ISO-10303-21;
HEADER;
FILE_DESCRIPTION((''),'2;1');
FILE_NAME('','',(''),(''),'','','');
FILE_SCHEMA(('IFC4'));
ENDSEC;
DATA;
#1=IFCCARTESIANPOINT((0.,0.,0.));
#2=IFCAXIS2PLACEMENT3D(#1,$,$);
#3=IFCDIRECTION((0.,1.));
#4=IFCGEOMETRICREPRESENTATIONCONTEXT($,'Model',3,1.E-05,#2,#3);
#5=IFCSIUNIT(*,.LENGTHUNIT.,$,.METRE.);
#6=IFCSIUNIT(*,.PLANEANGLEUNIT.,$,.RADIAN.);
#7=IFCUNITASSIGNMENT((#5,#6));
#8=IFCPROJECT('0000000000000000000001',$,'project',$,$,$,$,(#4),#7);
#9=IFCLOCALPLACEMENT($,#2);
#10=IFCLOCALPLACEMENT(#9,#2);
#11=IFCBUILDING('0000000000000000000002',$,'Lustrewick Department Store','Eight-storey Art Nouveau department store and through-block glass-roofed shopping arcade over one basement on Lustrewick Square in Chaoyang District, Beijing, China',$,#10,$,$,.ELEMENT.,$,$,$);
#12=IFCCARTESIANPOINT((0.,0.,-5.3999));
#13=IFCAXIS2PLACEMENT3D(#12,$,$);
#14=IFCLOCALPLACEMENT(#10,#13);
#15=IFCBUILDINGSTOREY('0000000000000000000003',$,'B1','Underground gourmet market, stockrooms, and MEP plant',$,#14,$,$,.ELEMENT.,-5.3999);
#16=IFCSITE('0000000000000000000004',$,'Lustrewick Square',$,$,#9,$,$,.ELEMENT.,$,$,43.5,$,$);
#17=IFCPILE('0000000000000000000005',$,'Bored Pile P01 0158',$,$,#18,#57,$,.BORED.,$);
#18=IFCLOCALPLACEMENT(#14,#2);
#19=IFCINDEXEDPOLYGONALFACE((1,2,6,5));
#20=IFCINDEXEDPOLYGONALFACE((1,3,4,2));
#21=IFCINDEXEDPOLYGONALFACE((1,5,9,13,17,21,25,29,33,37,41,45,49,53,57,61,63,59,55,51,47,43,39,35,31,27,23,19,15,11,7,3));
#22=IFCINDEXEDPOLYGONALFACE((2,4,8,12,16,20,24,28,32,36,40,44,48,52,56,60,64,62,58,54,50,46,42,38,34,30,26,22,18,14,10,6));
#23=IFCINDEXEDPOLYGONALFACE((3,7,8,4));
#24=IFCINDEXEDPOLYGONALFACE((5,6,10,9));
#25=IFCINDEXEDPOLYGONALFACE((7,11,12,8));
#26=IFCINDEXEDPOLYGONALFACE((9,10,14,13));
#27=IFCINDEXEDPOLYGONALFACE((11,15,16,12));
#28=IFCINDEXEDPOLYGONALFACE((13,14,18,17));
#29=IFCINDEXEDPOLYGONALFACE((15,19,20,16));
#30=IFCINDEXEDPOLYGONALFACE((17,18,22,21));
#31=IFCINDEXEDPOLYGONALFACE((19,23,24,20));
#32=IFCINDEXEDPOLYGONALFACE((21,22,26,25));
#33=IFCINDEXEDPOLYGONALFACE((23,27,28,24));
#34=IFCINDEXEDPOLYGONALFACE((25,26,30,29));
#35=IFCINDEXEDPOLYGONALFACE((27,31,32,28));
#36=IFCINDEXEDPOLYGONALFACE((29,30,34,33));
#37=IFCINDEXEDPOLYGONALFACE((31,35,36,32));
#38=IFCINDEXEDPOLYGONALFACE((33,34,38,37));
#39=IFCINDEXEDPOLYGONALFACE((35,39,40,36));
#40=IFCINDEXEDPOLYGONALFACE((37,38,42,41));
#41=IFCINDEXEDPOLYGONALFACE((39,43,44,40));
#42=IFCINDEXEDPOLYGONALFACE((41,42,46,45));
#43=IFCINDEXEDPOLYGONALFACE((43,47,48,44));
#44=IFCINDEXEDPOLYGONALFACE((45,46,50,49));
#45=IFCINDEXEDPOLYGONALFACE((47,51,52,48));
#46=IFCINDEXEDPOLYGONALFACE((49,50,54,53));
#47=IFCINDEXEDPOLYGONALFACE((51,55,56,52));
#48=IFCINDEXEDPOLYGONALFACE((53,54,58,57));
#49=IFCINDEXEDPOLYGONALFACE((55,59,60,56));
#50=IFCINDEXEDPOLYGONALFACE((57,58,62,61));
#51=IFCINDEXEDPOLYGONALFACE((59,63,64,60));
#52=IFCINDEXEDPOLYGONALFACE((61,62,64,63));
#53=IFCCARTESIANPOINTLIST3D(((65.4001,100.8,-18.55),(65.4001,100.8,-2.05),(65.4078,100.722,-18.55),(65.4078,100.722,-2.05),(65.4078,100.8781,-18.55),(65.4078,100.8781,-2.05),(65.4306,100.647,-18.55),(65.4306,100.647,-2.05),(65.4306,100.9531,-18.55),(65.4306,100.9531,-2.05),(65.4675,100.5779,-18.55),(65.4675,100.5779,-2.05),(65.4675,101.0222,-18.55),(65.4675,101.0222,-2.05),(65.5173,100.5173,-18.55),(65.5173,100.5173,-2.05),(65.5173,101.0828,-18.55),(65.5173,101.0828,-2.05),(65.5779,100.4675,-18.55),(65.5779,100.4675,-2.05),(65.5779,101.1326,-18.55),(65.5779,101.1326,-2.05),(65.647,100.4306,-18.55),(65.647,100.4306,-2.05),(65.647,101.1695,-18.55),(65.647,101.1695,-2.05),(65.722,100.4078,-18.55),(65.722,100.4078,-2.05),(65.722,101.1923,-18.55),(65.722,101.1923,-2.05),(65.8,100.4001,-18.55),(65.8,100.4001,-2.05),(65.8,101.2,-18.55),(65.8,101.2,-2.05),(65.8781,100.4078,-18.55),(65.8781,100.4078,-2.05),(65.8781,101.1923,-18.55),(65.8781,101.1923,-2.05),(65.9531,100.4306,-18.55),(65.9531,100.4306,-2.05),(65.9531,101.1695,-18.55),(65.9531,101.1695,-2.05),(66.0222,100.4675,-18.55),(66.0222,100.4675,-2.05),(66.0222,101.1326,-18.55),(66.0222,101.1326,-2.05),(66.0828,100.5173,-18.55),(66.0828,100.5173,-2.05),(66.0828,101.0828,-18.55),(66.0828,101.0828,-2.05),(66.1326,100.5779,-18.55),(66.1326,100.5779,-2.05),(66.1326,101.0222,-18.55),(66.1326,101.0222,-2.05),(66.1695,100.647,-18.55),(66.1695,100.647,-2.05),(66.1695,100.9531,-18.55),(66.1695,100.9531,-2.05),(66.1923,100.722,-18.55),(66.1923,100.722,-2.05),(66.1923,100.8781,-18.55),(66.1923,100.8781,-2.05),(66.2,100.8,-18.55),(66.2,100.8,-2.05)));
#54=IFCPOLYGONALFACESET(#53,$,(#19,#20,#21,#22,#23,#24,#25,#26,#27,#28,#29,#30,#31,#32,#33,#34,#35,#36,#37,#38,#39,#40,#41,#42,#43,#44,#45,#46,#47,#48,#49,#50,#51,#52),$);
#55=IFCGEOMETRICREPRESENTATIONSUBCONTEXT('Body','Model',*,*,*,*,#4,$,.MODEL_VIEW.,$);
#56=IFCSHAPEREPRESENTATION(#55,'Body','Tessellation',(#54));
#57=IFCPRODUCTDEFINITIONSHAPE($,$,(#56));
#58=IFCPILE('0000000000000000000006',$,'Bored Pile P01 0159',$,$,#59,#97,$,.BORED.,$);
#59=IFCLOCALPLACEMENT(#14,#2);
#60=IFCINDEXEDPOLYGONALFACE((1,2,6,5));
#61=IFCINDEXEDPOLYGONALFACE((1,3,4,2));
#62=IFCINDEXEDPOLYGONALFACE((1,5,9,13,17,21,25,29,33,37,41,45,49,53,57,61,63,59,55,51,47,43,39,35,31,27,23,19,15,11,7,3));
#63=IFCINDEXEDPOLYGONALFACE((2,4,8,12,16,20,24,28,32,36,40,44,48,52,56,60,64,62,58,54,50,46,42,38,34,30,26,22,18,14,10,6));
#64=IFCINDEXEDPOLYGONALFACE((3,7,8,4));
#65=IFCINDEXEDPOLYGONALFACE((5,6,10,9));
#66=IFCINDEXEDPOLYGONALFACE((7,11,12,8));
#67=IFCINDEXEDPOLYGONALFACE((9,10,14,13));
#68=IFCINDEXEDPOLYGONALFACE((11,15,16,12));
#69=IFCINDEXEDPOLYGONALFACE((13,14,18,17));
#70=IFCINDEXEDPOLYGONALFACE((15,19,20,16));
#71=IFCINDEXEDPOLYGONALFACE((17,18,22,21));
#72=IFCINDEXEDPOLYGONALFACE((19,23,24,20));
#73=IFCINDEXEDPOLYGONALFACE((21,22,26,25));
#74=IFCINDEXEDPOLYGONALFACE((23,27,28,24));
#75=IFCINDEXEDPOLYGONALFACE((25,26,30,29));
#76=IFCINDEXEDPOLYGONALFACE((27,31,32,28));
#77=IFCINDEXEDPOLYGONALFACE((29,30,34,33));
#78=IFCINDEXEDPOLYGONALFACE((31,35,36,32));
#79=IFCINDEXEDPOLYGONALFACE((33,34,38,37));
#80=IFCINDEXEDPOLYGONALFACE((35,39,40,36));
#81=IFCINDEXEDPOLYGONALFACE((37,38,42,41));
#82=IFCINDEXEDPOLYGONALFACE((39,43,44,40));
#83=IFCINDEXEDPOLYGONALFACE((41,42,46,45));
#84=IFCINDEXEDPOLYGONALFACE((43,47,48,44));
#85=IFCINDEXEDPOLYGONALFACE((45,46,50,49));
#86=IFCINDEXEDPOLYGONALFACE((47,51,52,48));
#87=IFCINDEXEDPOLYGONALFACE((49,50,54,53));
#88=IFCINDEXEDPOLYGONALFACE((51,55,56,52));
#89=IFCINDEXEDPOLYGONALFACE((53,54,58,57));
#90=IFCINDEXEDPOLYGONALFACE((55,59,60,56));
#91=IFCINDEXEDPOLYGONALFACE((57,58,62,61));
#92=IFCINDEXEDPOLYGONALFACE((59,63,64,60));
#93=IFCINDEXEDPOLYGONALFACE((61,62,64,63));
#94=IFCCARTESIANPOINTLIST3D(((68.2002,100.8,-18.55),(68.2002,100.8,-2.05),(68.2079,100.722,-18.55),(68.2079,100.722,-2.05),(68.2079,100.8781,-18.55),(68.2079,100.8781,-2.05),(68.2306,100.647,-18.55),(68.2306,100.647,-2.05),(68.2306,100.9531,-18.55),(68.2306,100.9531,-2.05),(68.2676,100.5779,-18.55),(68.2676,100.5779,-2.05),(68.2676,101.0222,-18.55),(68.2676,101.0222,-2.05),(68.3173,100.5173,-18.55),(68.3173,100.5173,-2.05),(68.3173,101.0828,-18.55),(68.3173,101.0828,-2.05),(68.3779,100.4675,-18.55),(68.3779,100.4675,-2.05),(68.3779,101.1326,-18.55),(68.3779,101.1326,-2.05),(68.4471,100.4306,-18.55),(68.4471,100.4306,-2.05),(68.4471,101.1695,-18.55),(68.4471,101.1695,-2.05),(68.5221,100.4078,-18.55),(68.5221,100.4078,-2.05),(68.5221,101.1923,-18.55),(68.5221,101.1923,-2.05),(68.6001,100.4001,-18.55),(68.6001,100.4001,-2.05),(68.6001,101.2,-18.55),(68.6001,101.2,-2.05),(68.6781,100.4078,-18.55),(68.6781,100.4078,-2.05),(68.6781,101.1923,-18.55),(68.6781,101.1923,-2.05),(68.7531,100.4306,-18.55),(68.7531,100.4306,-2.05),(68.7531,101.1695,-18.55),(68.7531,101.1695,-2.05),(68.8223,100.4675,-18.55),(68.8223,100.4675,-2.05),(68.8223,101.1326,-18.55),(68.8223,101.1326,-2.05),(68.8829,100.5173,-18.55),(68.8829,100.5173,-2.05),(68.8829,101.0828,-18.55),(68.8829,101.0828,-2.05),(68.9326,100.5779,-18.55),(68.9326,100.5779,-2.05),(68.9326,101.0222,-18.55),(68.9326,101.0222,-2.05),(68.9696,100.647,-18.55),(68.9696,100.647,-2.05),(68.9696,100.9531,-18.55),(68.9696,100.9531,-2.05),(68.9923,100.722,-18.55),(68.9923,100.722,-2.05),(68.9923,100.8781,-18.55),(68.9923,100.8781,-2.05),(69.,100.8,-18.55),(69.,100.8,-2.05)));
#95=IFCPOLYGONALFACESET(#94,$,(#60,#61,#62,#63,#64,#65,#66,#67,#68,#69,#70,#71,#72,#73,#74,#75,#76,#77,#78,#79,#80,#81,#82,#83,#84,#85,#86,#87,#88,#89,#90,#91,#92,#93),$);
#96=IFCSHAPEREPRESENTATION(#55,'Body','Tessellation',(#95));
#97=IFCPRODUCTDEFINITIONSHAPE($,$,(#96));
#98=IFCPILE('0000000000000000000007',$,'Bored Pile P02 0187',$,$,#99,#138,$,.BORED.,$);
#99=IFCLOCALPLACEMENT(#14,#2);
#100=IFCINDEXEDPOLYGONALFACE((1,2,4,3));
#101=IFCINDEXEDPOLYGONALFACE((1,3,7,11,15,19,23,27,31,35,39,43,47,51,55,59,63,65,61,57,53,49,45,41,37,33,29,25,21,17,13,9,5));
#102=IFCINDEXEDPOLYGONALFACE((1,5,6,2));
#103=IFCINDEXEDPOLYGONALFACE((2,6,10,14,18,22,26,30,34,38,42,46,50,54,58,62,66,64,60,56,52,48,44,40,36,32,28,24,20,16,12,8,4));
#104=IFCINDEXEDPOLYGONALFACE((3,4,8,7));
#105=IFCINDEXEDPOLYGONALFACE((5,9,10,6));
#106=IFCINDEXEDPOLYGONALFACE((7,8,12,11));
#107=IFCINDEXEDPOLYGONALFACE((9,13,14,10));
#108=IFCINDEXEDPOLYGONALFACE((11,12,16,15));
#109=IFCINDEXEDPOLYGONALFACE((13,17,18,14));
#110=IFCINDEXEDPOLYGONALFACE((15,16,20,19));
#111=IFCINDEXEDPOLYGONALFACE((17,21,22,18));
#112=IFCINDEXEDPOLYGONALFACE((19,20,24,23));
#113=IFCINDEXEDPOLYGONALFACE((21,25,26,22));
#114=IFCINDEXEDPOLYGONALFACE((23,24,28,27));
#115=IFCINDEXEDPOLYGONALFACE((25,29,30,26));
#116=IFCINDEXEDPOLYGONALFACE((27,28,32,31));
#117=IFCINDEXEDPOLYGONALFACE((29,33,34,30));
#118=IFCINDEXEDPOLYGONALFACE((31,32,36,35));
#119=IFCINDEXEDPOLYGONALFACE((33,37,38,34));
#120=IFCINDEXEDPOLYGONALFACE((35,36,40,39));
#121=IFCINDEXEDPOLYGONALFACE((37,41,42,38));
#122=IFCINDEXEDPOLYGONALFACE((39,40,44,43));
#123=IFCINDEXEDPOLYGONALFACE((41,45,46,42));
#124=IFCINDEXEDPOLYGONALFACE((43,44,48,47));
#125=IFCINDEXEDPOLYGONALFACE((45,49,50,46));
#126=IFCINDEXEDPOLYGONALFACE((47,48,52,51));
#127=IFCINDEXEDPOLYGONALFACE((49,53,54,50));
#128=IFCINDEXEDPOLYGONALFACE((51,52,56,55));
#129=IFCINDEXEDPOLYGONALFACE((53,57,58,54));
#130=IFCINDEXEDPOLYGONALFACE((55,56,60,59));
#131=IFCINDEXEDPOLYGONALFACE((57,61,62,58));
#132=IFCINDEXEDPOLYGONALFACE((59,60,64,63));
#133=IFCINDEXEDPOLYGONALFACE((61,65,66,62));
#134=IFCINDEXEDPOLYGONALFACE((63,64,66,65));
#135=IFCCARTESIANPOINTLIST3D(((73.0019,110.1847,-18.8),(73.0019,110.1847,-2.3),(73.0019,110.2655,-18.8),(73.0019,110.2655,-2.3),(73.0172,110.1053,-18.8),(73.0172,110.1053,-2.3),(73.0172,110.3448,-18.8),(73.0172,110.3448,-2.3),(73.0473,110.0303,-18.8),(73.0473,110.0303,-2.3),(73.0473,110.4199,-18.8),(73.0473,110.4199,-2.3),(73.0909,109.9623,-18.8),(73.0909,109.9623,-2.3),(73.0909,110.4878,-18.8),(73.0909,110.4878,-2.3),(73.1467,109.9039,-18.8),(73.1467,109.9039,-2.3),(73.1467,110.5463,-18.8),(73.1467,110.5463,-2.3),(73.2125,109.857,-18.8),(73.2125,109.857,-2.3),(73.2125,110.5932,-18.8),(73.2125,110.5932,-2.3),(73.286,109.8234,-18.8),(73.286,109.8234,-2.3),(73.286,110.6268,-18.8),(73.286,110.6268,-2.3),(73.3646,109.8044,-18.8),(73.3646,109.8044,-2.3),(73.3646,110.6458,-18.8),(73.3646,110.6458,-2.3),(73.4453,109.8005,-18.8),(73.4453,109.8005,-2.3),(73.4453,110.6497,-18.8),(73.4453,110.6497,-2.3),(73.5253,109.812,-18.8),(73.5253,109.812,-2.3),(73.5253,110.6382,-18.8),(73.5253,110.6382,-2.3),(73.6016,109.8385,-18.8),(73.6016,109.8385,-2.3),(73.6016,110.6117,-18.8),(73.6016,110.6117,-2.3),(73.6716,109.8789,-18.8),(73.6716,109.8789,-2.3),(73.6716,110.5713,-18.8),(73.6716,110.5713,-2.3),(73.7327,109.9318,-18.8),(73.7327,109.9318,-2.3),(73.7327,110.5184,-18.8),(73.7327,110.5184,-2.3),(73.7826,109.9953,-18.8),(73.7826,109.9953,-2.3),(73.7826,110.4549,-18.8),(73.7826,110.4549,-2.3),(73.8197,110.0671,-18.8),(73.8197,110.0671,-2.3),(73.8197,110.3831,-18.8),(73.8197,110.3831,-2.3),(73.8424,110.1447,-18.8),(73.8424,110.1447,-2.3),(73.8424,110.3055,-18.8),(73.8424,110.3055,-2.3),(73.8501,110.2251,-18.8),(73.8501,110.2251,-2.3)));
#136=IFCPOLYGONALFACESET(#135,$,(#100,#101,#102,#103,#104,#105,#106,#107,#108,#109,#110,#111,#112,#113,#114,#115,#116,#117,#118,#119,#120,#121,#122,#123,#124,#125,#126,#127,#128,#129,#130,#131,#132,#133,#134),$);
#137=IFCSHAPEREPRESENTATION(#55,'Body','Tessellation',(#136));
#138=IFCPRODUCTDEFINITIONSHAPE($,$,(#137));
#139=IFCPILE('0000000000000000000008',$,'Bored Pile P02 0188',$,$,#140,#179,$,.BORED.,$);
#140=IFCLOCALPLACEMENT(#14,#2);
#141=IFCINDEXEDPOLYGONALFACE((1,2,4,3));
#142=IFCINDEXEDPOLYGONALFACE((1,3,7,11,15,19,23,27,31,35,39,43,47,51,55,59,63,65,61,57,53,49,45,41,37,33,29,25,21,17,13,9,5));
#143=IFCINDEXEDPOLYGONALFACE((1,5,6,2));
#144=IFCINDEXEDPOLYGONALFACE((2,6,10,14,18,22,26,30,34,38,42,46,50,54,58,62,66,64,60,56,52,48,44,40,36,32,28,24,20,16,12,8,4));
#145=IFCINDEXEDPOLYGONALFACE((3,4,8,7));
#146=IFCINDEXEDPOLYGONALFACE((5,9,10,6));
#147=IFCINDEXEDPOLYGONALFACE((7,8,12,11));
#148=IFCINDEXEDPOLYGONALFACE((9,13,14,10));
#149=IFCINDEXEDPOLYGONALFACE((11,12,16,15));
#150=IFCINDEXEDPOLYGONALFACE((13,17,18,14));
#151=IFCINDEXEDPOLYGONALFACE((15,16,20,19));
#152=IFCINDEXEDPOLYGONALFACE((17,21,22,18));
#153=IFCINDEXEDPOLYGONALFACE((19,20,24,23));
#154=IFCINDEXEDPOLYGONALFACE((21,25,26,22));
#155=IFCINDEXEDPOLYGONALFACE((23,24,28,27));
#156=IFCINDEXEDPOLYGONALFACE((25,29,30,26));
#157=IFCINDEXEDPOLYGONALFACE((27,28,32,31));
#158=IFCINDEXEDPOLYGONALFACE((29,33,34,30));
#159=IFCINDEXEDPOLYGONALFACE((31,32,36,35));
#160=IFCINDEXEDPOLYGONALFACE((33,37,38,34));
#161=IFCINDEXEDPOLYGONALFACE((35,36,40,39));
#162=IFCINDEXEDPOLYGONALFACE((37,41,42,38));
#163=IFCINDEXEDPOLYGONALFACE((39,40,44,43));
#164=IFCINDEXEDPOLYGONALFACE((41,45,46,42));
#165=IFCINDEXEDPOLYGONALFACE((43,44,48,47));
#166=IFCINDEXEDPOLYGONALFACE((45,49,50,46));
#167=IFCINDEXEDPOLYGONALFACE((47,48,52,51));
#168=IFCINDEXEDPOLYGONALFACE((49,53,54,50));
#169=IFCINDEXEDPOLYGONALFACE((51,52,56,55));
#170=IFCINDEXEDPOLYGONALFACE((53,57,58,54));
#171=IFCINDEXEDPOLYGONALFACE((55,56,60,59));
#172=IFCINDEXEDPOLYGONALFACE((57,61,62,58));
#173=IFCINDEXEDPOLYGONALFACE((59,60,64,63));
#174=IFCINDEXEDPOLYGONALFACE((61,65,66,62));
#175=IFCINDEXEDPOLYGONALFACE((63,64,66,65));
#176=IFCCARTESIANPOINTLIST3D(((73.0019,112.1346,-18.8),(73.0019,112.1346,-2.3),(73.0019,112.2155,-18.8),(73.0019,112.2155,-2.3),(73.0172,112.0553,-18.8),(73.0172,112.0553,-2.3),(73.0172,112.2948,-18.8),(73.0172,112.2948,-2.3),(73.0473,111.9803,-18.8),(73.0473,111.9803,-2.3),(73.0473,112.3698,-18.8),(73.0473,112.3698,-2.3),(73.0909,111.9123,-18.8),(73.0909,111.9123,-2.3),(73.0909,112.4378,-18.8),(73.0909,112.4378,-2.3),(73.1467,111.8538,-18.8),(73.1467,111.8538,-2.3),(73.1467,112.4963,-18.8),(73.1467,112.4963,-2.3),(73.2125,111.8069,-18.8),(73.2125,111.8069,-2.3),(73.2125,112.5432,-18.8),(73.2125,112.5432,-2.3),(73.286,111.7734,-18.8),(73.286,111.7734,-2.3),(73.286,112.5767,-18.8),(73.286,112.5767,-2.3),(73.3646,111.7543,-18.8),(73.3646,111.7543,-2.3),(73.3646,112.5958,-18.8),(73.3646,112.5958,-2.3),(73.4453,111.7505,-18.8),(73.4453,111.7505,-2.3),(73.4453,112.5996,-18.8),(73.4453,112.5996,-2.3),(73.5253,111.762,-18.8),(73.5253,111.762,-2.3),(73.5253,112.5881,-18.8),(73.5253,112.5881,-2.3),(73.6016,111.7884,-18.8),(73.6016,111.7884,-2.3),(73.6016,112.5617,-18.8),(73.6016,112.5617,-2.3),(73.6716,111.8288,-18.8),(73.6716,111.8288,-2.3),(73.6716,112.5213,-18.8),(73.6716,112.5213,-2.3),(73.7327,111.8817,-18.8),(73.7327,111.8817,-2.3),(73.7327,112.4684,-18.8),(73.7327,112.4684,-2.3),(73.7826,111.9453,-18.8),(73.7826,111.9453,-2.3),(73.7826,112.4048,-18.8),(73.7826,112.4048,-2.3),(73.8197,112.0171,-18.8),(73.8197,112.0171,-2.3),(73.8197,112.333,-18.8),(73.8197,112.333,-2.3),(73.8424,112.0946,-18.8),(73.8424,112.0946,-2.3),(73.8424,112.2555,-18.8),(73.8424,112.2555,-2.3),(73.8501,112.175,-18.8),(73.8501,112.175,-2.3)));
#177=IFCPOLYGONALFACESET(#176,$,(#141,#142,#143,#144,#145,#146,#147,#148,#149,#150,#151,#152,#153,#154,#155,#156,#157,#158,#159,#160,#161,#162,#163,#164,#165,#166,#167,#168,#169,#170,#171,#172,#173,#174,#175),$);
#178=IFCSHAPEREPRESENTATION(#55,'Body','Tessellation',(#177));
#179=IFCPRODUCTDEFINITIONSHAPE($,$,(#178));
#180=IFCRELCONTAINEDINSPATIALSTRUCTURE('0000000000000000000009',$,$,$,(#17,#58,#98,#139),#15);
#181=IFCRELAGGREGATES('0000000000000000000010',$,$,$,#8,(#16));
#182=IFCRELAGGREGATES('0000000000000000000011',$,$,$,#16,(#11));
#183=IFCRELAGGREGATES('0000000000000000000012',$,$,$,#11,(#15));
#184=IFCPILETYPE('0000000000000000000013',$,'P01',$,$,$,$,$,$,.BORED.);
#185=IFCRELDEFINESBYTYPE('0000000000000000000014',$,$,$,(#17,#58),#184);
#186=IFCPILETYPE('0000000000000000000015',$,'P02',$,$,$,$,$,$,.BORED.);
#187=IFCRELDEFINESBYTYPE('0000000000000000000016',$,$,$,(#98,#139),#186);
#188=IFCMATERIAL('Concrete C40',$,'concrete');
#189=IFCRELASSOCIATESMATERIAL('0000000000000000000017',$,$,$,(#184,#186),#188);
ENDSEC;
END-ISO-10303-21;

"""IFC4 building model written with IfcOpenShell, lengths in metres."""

from ifc_helpers import new_model, si_unit, direction, frame, origin, origin_2d, place, context, subcontext, project, spatial, circle, extrude, material, material_profile, profile_set, type_object, element, save


model = new_model("IFC4")

# Units and contexts
model_context = context("Model", 3, precision=1e-05, world=origin(), true_north=direction((0.0, 1.0)))
body_context = subcontext(model_context, "Body", "Model", "MODEL_VIEW")
ifc_project = project(units=[si_unit("LENGTHUNIT", "METRE"), si_unit("PLANEANGLEUNIT", "RADIAN")], contexts=[model_context])

# Site, building, storey
site_placement = place(None, origin())
site = spatial("IfcSite", under=ifc_project, at=site_placement, Name="Lustrewick Square", CompositionType="ELEMENT", RefElevation=43.5)
building_placement = place(site_placement, origin())
building = spatial("IfcBuilding", under=site, at=building_placement, Name="Lustrewick Department Store", Description="Eight-storey Art Nouveau department store and through-block glass-roofed shopping arcade over one basement on Lustrewick Square in Chaoyang District, Beijing, China", CompositionType="ELEMENT")
storey_placement = place(building_placement, frame((0.0, 0.0, -5.3999)))
storey = spatial("IfcBuildingStorey", under=building, at=storey_placement, Name="B1", Description="Underground gourmet market, stockrooms, and MEP plant", CompositionType="ELEMENT", Elevation=-5.3999)

# Piles
ifc_material_1 = material(Name="Concrete C40", Category="concrete")
ifc_material_profile_1 = material_profile(ifc_material_1, circle(Radius=0.3999, at=origin_2d()), Name="PILE D800")
ifc_profile_set_1 = profile_set([ifc_material_profile_1], Name="Concrete C40")
pile_type_1 = type_object("IfcPileType", Name="P01", PredefinedType="BORED", material=ifc_profile_set_1)
for number, where, z_axis, x_axis, name in (
    (1, (65.8, 100.8, -2.05), (0.0, 0.0, -1.0), (1.0, 0.0, 0.0), "Bored Pile P01 0158"),
    (2, (68.6001, 100.8, -2.05), (0.0, 0.0, -1.0), (1.0, 0.0, 0.0), "Bored Pile P01 0159"),
):
    element("IfcPile", number, at=place(storey_placement, frame(where, z_axis=z_axis, x_axis=x_axis)), inside=storey, type_object=pile_type_1, Name=name, PredefinedType="BORED", context=body_context, shape_type="SweptSolid", body=[
        extrude(circle(Radius=0.3999, at=origin_2d()), origin(), (0.0, 0.0, 1.0), 16.5),
    ])
ifc_material_profile_2 = material_profile(ifc_material_1, circle(Radius=0.425, at=origin_2d()), Name="PILE D850")
ifc_profile_set_2 = profile_set([ifc_material_profile_2], Name="Concrete C40")
pile_type_2 = type_object("IfcPileType", Name="P02", PredefinedType="BORED", material=ifc_profile_set_2)
for number, where, z_axis, x_axis, name in (
    (3, (73.425, 110.2251, -2.3), (0.0, 0.0, -1.0), (1.0, 0.0, 0.0), "Bored Pile P02 0187"),
    (4, (73.425, 112.175, -2.3), (0.0, 0.0, -1.0), (1.0, 0.0, 0.0), "Bored Pile P02 0188"),
):
    element("IfcPile", number, at=place(storey_placement, frame(where, z_axis=z_axis, x_axis=x_axis)), inside=storey, type_object=pile_type_2, Name=name, PredefinedType="BORED", context=body_context, shape_type="SweptSolid", body=[
        extrude(circle(Radius=0.425, at=origin_2d()), origin(), (0.0, 0.0, 1.0), 16.5),
    ])

save(model, "model.ifc")
